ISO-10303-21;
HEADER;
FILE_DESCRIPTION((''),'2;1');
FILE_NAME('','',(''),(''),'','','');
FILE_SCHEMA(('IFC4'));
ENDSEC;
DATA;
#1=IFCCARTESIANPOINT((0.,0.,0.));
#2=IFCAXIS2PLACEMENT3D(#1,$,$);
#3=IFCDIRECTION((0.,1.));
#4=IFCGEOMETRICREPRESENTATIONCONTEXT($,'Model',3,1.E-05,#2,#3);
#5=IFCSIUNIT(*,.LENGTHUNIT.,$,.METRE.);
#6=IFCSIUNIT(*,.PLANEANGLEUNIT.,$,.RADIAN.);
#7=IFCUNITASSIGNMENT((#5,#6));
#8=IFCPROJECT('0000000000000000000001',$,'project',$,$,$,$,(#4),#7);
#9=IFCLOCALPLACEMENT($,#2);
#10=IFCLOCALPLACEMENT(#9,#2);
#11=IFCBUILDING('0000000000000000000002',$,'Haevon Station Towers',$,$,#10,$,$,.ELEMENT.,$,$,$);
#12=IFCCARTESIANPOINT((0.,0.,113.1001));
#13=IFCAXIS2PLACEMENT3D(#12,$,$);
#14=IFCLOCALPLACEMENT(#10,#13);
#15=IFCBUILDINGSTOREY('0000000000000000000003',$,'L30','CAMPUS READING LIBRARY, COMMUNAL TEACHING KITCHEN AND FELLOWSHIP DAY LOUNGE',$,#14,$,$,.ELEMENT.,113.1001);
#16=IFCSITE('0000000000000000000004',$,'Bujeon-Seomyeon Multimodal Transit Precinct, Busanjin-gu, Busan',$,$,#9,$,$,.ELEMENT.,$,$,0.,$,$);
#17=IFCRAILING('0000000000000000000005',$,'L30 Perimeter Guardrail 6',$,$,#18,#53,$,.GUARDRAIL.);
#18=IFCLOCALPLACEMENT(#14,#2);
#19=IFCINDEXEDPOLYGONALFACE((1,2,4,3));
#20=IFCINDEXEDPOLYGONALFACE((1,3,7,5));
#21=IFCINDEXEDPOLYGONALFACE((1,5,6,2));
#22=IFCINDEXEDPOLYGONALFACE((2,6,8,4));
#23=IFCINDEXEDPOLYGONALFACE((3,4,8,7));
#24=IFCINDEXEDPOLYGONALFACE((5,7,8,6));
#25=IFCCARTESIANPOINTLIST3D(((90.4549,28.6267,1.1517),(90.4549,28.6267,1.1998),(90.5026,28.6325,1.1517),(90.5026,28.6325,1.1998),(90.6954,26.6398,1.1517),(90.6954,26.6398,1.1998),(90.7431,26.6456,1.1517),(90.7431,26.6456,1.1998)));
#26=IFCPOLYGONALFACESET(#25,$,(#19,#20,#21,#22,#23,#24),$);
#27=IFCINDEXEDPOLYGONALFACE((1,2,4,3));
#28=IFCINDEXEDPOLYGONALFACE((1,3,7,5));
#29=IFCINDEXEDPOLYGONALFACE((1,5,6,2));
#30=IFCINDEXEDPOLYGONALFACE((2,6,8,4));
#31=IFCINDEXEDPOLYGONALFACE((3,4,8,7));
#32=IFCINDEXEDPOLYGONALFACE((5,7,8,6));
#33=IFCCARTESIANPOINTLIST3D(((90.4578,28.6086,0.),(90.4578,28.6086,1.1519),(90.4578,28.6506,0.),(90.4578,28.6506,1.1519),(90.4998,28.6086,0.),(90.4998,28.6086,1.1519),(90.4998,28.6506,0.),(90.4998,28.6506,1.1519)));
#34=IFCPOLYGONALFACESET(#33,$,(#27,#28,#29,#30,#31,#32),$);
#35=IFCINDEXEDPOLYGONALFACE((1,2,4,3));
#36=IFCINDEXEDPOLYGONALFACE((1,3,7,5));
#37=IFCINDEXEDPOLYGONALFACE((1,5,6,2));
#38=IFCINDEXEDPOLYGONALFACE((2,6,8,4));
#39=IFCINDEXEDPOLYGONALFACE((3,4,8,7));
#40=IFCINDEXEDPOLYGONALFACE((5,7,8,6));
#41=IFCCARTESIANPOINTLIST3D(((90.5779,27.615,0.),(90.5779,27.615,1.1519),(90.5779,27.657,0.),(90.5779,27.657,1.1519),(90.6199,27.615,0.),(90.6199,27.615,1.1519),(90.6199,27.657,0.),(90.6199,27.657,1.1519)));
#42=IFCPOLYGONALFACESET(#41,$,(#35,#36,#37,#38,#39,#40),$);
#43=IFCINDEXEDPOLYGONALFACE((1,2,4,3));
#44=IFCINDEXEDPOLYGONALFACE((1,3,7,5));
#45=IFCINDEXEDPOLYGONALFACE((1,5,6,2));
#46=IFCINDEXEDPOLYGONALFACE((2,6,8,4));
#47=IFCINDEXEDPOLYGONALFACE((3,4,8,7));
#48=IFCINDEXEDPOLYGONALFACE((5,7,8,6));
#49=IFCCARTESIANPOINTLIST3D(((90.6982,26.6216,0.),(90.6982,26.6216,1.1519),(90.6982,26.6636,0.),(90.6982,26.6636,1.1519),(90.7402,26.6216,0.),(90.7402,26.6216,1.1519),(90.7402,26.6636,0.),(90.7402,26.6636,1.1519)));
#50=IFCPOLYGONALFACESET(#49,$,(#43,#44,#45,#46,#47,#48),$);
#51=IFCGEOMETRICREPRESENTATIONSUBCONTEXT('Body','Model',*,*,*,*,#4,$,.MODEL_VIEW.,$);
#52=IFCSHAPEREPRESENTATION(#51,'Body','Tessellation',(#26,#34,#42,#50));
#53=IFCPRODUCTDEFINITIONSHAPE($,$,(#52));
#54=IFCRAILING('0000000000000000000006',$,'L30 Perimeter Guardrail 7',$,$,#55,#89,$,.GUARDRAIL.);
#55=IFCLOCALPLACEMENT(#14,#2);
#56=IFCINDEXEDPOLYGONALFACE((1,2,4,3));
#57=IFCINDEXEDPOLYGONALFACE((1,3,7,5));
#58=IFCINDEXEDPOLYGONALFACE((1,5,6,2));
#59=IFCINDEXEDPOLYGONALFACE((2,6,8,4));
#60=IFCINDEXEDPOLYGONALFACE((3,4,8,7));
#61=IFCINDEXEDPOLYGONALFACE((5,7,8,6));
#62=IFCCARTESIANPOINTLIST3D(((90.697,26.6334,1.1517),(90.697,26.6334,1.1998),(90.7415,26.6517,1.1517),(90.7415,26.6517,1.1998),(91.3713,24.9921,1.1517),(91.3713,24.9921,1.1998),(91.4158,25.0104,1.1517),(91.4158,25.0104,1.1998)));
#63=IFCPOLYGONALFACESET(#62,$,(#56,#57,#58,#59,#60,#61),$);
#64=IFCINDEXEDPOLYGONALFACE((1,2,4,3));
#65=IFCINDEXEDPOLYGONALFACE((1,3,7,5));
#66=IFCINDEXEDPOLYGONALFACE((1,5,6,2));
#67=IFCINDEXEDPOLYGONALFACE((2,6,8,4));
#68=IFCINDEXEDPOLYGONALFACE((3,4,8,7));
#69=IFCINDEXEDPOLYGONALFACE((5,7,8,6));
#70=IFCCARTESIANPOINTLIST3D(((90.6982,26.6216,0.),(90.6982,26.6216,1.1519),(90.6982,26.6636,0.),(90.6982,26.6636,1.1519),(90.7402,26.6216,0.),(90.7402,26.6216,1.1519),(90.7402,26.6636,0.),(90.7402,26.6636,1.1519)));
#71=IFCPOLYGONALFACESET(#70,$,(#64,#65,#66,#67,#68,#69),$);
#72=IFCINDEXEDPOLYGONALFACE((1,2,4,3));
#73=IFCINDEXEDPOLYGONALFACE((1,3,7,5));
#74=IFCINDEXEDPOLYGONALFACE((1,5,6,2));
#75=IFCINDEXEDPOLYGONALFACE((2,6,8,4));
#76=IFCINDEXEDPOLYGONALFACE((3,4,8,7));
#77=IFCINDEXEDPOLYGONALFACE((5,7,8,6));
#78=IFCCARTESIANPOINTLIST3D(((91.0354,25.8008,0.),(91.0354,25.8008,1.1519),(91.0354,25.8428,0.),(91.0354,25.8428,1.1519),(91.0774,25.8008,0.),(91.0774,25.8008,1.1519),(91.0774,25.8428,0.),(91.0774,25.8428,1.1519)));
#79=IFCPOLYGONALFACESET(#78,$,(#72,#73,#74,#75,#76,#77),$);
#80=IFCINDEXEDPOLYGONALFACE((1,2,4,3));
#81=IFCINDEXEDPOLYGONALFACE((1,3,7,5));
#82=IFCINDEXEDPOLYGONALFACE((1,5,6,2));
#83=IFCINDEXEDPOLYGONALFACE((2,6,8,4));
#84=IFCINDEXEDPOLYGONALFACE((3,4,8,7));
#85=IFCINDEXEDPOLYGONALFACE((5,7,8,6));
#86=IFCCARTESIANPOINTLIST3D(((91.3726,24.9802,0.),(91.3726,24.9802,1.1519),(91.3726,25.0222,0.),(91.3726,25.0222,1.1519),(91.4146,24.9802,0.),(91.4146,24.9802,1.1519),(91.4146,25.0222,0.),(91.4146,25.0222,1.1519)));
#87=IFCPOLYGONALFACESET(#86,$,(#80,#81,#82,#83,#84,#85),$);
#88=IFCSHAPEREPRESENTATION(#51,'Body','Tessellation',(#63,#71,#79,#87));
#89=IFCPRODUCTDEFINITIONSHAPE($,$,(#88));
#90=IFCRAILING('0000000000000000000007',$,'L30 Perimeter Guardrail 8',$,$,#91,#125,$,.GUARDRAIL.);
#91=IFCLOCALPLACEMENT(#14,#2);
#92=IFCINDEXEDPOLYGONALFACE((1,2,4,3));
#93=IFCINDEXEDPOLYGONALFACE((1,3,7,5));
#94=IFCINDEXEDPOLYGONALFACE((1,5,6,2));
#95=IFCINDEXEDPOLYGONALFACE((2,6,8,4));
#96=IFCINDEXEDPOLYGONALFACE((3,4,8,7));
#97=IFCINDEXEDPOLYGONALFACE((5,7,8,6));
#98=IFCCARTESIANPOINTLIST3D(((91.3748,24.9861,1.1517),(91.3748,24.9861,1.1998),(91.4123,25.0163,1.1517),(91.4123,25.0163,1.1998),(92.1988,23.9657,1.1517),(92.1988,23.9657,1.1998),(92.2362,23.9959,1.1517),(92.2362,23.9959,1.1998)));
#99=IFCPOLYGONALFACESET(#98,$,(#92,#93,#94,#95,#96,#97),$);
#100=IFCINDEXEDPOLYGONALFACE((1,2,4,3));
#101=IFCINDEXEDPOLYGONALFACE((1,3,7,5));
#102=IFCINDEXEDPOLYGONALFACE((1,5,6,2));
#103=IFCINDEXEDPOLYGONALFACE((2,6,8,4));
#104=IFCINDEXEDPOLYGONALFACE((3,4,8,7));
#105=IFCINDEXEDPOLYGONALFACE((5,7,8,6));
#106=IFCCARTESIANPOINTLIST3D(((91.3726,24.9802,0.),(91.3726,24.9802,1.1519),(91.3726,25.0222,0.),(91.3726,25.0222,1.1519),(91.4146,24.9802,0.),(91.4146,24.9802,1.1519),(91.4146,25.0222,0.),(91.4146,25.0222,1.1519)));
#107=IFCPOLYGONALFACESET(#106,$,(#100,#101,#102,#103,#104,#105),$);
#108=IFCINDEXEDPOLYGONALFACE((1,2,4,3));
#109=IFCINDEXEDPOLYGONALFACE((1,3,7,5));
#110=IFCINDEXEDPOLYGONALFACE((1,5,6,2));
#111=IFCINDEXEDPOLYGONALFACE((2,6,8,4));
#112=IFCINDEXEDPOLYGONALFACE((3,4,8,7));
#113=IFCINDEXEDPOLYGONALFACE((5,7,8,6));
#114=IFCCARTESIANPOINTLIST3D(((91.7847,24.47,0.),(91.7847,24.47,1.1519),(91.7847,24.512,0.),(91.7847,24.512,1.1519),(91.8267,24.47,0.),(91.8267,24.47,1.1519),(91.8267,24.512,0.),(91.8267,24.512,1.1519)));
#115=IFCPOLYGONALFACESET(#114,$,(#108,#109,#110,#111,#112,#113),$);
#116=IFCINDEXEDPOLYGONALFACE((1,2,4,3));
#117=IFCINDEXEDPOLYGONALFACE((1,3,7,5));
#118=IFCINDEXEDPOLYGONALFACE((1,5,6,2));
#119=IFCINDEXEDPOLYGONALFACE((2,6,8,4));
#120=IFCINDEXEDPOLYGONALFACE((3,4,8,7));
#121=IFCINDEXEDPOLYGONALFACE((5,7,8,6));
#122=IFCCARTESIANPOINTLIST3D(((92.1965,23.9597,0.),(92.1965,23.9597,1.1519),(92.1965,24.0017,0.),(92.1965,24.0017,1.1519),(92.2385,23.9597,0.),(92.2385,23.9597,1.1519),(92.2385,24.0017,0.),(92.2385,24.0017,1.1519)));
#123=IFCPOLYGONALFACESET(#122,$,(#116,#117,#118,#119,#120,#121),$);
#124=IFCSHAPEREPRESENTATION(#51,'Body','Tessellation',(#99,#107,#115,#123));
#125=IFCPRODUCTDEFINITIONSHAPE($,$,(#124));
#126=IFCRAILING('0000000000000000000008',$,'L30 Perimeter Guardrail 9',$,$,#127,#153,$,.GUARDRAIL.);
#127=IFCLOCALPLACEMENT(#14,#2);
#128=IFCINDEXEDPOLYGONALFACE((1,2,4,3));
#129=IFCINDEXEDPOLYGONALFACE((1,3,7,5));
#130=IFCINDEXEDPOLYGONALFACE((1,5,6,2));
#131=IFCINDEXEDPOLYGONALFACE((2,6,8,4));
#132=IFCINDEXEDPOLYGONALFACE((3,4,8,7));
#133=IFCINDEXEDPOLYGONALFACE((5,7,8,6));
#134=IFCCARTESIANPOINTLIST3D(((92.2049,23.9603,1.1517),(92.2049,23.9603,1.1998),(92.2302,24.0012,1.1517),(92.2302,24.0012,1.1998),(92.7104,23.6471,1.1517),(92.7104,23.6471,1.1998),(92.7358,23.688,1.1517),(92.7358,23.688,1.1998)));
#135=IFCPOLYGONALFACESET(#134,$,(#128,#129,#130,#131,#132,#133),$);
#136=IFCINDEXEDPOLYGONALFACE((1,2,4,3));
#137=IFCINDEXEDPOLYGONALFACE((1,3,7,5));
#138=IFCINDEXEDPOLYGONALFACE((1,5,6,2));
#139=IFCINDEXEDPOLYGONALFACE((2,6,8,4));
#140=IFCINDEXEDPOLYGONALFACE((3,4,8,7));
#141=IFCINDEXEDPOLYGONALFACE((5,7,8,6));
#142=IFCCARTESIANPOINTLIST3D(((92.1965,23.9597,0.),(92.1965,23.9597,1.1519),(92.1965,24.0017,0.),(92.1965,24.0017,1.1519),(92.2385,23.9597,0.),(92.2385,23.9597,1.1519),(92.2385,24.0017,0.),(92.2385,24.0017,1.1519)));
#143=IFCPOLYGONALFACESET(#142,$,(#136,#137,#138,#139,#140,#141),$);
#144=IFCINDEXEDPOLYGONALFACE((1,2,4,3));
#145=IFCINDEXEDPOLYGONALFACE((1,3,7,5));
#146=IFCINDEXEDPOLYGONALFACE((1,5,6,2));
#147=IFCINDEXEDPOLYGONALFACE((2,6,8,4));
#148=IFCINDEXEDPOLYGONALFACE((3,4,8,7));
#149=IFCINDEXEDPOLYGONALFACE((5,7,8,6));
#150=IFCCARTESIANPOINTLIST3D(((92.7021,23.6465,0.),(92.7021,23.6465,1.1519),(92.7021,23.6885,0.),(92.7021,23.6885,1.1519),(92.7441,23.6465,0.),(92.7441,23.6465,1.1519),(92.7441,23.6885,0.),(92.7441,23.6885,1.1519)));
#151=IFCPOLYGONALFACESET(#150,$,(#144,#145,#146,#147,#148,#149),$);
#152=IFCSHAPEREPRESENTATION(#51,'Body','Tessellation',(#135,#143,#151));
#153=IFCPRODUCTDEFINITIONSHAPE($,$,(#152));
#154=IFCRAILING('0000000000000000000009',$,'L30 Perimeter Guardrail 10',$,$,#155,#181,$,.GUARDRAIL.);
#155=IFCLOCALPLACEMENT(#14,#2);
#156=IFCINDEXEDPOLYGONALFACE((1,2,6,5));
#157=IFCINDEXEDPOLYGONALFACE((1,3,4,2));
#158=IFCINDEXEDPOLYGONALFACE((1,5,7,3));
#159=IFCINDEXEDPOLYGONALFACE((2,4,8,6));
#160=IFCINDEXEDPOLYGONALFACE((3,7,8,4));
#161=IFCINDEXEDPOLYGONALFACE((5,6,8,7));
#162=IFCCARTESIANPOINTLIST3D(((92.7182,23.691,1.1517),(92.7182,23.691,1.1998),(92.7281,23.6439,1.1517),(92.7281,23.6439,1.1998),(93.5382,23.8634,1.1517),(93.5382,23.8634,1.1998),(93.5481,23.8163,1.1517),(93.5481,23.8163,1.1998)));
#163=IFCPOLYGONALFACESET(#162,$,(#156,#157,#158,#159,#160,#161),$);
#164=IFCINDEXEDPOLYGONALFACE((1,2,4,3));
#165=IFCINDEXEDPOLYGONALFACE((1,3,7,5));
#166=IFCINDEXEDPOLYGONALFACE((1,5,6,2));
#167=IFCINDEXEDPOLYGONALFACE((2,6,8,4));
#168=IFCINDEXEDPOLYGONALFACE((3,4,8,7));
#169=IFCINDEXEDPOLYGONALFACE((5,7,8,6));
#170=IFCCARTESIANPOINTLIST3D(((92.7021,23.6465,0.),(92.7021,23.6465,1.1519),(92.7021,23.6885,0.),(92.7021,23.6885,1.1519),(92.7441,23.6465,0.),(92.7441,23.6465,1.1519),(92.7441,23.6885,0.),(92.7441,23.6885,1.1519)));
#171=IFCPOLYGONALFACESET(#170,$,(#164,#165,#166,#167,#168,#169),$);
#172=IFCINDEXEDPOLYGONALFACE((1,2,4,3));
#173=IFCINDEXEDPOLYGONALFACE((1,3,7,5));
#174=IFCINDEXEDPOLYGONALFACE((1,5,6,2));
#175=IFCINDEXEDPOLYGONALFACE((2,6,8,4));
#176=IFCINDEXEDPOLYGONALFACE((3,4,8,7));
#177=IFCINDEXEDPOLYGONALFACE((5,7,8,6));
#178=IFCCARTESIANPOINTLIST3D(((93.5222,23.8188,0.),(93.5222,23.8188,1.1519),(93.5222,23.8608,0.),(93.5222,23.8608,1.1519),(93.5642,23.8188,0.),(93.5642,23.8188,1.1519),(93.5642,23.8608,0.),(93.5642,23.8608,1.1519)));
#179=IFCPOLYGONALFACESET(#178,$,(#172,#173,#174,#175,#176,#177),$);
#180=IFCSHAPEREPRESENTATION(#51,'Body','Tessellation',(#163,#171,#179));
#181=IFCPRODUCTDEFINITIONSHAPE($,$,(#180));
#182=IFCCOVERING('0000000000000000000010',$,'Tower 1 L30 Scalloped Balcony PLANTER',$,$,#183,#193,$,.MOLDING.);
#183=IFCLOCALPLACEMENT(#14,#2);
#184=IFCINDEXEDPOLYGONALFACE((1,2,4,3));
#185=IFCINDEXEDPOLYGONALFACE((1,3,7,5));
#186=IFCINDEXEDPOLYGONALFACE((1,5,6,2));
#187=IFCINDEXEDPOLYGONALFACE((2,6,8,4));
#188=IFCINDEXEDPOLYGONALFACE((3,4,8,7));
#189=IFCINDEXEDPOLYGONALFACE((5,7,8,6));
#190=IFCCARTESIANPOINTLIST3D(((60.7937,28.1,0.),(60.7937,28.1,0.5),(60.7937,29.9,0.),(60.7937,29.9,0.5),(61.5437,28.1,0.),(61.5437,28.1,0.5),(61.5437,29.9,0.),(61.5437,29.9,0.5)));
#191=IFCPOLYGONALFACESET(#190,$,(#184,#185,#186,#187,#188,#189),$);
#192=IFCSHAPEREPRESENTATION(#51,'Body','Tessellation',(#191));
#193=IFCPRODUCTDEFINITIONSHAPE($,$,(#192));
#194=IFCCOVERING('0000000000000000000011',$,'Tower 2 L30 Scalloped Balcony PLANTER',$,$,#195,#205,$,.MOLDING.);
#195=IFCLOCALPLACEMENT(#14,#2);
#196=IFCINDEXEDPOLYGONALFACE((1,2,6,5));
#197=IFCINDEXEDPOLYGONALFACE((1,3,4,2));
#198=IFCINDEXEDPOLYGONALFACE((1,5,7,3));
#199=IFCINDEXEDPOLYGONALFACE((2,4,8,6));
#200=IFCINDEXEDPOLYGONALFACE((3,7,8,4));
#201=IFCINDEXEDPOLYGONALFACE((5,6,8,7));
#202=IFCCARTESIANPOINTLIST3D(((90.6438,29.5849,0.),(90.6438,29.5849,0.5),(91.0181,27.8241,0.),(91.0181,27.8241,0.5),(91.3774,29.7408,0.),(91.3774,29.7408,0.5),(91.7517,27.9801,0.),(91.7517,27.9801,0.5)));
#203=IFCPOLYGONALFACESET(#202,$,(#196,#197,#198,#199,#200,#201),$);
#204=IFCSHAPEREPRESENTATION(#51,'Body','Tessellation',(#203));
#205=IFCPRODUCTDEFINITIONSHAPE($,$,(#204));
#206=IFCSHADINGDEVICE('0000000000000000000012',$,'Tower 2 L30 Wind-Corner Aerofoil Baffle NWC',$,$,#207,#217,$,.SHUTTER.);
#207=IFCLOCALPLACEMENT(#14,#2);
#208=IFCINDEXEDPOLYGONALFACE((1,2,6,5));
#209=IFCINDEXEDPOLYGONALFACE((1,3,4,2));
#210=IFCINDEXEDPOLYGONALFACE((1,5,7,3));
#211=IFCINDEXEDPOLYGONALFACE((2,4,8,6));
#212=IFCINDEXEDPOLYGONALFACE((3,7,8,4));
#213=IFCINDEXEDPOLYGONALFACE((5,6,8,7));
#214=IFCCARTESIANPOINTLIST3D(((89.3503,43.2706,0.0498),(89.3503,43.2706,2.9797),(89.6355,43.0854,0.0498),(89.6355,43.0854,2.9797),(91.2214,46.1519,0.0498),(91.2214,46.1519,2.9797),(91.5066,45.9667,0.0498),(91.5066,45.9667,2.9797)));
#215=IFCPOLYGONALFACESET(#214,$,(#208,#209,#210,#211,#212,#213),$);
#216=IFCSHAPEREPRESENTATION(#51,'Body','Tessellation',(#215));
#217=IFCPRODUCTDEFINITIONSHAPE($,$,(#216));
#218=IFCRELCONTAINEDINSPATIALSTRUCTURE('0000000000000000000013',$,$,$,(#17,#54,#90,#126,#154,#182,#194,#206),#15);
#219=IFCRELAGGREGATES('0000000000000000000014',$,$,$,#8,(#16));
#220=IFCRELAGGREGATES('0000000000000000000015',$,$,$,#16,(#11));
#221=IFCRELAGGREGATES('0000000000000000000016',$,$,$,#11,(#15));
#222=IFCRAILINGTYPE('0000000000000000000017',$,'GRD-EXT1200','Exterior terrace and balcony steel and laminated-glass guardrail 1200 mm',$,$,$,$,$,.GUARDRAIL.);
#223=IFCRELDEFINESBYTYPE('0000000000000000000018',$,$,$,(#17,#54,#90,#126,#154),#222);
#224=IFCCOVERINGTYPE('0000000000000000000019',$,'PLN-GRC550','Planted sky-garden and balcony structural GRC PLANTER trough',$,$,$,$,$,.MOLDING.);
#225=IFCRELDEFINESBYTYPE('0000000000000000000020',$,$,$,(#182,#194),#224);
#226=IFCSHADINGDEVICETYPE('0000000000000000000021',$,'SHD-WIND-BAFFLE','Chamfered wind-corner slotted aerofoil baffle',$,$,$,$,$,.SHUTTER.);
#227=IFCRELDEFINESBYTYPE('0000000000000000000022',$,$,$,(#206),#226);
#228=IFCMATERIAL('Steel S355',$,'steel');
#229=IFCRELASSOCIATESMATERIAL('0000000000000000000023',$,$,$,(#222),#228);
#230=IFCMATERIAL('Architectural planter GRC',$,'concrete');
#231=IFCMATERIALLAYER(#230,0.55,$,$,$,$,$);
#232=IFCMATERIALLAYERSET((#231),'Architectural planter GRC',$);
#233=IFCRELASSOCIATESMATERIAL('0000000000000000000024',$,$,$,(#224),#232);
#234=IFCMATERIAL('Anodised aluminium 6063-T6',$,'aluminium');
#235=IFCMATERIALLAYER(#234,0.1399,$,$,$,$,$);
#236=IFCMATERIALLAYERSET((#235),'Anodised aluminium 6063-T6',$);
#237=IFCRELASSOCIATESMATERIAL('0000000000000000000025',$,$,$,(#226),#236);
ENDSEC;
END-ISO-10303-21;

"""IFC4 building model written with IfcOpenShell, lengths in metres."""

from ifc_helpers import new_model, si_unit, direction, frame, origin, origin_2d, place, context, subcontext, project, spatial, rectangle, extrude, material, layer, layer_set, type_object, element, save


model = new_model("IFC4")

# Units and contexts
model_context = context("Model", 3, precision=1e-05, world=origin(), true_north=direction((0.0, 1.0)))
body_context = subcontext(model_context, "Body", "Model", "MODEL_VIEW")
ifc_project = project(units=[si_unit("LENGTHUNIT", "METRE"), si_unit("PLANEANGLEUNIT", "RADIAN")], contexts=[model_context])

# Site, building, storey
site_placement = place(None, origin())
site = spatial("IfcSite", under=ifc_project, at=site_placement, Name="Bujeon-Seomyeon Multimodal Transit Precinct, Busanjin-gu, Busan", CompositionType="ELEMENT", RefElevation=0.0)
building_placement = place(site_placement, origin())
building = spatial("IfcBuilding", under=site, at=building_placement, Name="Haevon Station Towers", CompositionType="ELEMENT")
storey_placement = place(building_placement, frame((0.0, 0.0, 113.1001)))
storey = spatial("IfcBuildingStorey", under=building, at=storey_placement, Name="L30", Description="CAMPUS READING LIBRARY, COMMUNAL TEACHING KITCHEN AND FELLOWSHIP DAY LOUNGE", CompositionType="ELEMENT", Elevation=113.1001)

# Shared definitions
ifc_material_1 = material(Name="Steel S355", Category="steel")

# Railings
railing_type = type_object("IfcRailingType", Name="GRD-EXT1200", Description="Exterior terrace and balcony steel and laminated-glass guardrail 1200 mm", PredefinedType="GUARDRAIL", material=ifc_material_1)
railing_1_placement = place(storey_placement, frame((90.4788, 28.6296, 0.0)))
element("IfcRailing", 1, at=railing_1_placement, inside=storey, type_object=railing_type, Name="L30 Perimeter Guardrail 6", PredefinedType="GUARDRAIL", context=body_context, shape_type="SweptSolid", body=[
    extrude(rectangle(XDim=0.0481, YDim=0.0481, at=origin_2d()), frame((0.0, 0.0, 1.1758), z_axis=(0.120146, -0.992756, 0.0), x_axis=(0.992756, 0.120146, 0.0)), (0.0, 0.0, 1.0), 2.0015),
    extrude(rectangle(XDim=0.042, YDim=0.042, at=origin_2d()), origin(), (0.0, 0.0, 1.0), 1.1519),
    extrude(rectangle(XDim=0.042, YDim=0.042, at=origin_2d()), frame((0.1201, -0.9937, 0.0)), (0.0, 0.0, 1.0), 1.1519),
    extrude(rectangle(XDim=0.042, YDim=0.042, at=origin_2d()), frame((0.2405, -1.9871, 0.0)), (0.0, 0.0, 1.0), 1.1519),
])
railing_2_placement = place(storey_placement, frame((90.7192, 26.6426, 0.0)))
element("IfcRailing", 2, at=railing_2_placement, inside=storey, type_object=railing_type, Name="L30 Perimeter Guardrail 7", PredefinedType="GUARDRAIL", context=body_context, shape_type="SweptSolid", body=[
    extrude(rectangle(XDim=0.0481, YDim=0.0481, at=origin_2d()), frame((0.0, 0.0, 1.1758), z_axis=(0.380009, -0.924983, 0.0), x_axis=(0.924983, 0.380009, 0.0)), (0.0, 0.0, 1.0), 1.7744),
    extrude(rectangle(XDim=0.042, YDim=0.042, at=origin_2d()), origin(), (0.0, 0.0, 1.0), 1.1519),
    extrude(rectangle(XDim=0.042, YDim=0.042, at=origin_2d()), frame((0.3372, -0.8208, 0.0)), (0.0, 0.0, 1.0), 1.1519),
    extrude(rectangle(XDim=0.042, YDim=0.042, at=origin_2d()), frame((0.6743, -1.6414, 0.0)), (0.0, 0.0, 1.0), 1.1519),
])
railing_3_placement = place(storey_placement, frame((91.3936, 25.0012, 0.0)))
element("IfcRailing", 3, at=railing_3_placement, inside=storey, type_object=railing_type, Name="L30 Perimeter Guardrail 8", PredefinedType="GUARDRAIL", context=body_context, shape_type="SweptSolid", body=[
    extrude(rectangle(XDim=0.0481, YDim=0.0481, at=origin_2d()), frame((0.0, 0.0, 1.1758), z_axis=(0.628207, -0.778046, 0.0), x_axis=(0.778046, 0.628207, 0.0)), (0.0, 0.0, 1.0), 1.3115),
    extrude(rectangle(XDim=0.042, YDim=0.042, at=origin_2d()), origin(), (0.0, 0.0, 1.0), 1.1519),
    extrude(rectangle(XDim=0.042, YDim=0.042, at=origin_2d()), frame((0.4121, -0.5103, 0.0)), (0.0, 0.0, 1.0), 1.1519),
    extrude(rectangle(XDim=0.042, YDim=0.042, at=origin_2d()), frame((0.824, -1.0205, 0.0)), (0.0, 0.0, 1.0), 1.1519),
])
railing_4_placement = place(storey_placement, frame((92.2175, 23.9807, 0.0)))
element("IfcRailing", 4, at=railing_4_placement, inside=storey, type_object=railing_type, Name="L30 Perimeter Guardrail 9", PredefinedType="GUARDRAIL", context=body_context, shape_type="SweptSolid", body=[
    extrude(rectangle(XDim=0.0481, YDim=0.0481, at=origin_2d()), frame((0.0, 0.0, 1.1758), z_axis=(0.85009, -0.526637, 0.0), x_axis=(0.526637, 0.85009, 0.0)), (0.0, 0.0, 1.0), 0.5947),
    extrude(rectangle(XDim=0.042, YDim=0.042, at=origin_2d()), origin(), (0.0, 0.0, 1.0), 1.1519),
    extrude(rectangle(XDim=0.042, YDim=0.042, at=origin_2d()), frame((0.5056, -0.3132, 0.0)), (0.0, 0.0, 1.0), 1.1519),
])
railing_5_placement = place(storey_placement, frame((92.7231, 23.6675, 0.0)))
element("IfcRailing", 5, at=railing_5_placement, inside=storey, type_object=railing_type, Name="L30 Perimeter Guardrail 10", PredefinedType="GUARDRAIL", context=body_context, shape_type="SweptSolid", body=[
    extrude(rectangle(XDim=0.0481, YDim=0.0481, at=origin_2d()), frame((0.0, 0.0, 1.1758), z_axis=(0.978618, 0.205687, 0.0), x_axis=(-0.205687, 0.978618, 0.0)), (0.0, 0.0, 1.0), 0.8379),
    extrude(rectangle(XDim=0.042, YDim=0.042, at=origin_2d()), origin(), (0.0, 0.0, 1.0), 1.1519),
    extrude(rectangle(XDim=0.042, YDim=0.042, at=origin_2d()), frame((0.8201, 0.1724, 0.0)), (0.0, 0.0, 1.0), 1.1519),
])

# Coverings
ifc_material_2 = material(Name="Architectural planter GRC", Category="concrete")
ifc_layer_1 = layer(ifc_material_2, 0.55)
ifc_layer_set_1 = layer_set([ifc_layer_1], Name="Architectural planter GRC")
covering_type = type_object("IfcCoveringType", Name="PLN-GRC550", Description="Planted sky-garden and balcony structural GRC PLANTER trough", PredefinedType="MOLDING", material=ifc_layer_set_1)
for number, where, z_axis, x_axis, name in (
    (6, (61.1687, 29.0, 0.0), (0.0, 0.0, 1.0), (1.0, 0.0, 0.0), "Tower 1 L30 Scalloped Balcony PLANTER"),
    (7, (91.1978, 28.7825, 0.0), (0.0, 0.0, 1.0), (0.978148, 0.207912, 0.0), "Tower 2 L30 Scalloped Balcony PLANTER"),
):
    element("IfcCovering", number, at=place(storey_placement, frame(where, z_axis=z_axis, x_axis=x_axis)), inside=storey, type_object=covering_type, Name=name, PredefinedType="MOLDING", context=body_context, shape_type="SweptSolid", body=[
        extrude(rectangle(XDim=0.75, YDim=1.8, at=origin_2d()), origin(), (0.0, 0.0, 1.0), 0.5),
    ])

# Shading device
ifc_material_3 = material(Name="Anodised aluminium 6063-T6", Category="aluminium")
ifc_layer_2 = layer(ifc_material_3, 0.1399)
ifc_layer_set_2 = layer_set([ifc_layer_2], Name="Anodised aluminium 6063-T6")
shading_device_type = type_object("IfcShadingDeviceType", Name="SHD-WIND-BAFFLE", Description="Chamfered wind-corner slotted aerofoil baffle", PredefinedType="SHUTTER", material=ifc_layer_set_2)
shading_device_placement = place(storey_placement, frame((90.4285, 44.6187, 0.0498), z_axis=(0.0, 0.0, 1.0), x_axis=(0.544639, 0.838671, 0.0)))
element("IfcShadingDevice", 8, at=shading_device_placement, inside=storey, type_object=shading_device_type, Name="Tower 2 L30 Wind-Corner Aerofoil Baffle NWC", PredefinedType="SHUTTER", context=body_context, shape_type="SweptSolid", body=[
    extrude(rectangle(XDim=3.4355, YDim=0.3401, at=origin_2d()), origin(), (0.0, 0.0, 1.0), 2.9299),
])

save(model, "model.ifc")
